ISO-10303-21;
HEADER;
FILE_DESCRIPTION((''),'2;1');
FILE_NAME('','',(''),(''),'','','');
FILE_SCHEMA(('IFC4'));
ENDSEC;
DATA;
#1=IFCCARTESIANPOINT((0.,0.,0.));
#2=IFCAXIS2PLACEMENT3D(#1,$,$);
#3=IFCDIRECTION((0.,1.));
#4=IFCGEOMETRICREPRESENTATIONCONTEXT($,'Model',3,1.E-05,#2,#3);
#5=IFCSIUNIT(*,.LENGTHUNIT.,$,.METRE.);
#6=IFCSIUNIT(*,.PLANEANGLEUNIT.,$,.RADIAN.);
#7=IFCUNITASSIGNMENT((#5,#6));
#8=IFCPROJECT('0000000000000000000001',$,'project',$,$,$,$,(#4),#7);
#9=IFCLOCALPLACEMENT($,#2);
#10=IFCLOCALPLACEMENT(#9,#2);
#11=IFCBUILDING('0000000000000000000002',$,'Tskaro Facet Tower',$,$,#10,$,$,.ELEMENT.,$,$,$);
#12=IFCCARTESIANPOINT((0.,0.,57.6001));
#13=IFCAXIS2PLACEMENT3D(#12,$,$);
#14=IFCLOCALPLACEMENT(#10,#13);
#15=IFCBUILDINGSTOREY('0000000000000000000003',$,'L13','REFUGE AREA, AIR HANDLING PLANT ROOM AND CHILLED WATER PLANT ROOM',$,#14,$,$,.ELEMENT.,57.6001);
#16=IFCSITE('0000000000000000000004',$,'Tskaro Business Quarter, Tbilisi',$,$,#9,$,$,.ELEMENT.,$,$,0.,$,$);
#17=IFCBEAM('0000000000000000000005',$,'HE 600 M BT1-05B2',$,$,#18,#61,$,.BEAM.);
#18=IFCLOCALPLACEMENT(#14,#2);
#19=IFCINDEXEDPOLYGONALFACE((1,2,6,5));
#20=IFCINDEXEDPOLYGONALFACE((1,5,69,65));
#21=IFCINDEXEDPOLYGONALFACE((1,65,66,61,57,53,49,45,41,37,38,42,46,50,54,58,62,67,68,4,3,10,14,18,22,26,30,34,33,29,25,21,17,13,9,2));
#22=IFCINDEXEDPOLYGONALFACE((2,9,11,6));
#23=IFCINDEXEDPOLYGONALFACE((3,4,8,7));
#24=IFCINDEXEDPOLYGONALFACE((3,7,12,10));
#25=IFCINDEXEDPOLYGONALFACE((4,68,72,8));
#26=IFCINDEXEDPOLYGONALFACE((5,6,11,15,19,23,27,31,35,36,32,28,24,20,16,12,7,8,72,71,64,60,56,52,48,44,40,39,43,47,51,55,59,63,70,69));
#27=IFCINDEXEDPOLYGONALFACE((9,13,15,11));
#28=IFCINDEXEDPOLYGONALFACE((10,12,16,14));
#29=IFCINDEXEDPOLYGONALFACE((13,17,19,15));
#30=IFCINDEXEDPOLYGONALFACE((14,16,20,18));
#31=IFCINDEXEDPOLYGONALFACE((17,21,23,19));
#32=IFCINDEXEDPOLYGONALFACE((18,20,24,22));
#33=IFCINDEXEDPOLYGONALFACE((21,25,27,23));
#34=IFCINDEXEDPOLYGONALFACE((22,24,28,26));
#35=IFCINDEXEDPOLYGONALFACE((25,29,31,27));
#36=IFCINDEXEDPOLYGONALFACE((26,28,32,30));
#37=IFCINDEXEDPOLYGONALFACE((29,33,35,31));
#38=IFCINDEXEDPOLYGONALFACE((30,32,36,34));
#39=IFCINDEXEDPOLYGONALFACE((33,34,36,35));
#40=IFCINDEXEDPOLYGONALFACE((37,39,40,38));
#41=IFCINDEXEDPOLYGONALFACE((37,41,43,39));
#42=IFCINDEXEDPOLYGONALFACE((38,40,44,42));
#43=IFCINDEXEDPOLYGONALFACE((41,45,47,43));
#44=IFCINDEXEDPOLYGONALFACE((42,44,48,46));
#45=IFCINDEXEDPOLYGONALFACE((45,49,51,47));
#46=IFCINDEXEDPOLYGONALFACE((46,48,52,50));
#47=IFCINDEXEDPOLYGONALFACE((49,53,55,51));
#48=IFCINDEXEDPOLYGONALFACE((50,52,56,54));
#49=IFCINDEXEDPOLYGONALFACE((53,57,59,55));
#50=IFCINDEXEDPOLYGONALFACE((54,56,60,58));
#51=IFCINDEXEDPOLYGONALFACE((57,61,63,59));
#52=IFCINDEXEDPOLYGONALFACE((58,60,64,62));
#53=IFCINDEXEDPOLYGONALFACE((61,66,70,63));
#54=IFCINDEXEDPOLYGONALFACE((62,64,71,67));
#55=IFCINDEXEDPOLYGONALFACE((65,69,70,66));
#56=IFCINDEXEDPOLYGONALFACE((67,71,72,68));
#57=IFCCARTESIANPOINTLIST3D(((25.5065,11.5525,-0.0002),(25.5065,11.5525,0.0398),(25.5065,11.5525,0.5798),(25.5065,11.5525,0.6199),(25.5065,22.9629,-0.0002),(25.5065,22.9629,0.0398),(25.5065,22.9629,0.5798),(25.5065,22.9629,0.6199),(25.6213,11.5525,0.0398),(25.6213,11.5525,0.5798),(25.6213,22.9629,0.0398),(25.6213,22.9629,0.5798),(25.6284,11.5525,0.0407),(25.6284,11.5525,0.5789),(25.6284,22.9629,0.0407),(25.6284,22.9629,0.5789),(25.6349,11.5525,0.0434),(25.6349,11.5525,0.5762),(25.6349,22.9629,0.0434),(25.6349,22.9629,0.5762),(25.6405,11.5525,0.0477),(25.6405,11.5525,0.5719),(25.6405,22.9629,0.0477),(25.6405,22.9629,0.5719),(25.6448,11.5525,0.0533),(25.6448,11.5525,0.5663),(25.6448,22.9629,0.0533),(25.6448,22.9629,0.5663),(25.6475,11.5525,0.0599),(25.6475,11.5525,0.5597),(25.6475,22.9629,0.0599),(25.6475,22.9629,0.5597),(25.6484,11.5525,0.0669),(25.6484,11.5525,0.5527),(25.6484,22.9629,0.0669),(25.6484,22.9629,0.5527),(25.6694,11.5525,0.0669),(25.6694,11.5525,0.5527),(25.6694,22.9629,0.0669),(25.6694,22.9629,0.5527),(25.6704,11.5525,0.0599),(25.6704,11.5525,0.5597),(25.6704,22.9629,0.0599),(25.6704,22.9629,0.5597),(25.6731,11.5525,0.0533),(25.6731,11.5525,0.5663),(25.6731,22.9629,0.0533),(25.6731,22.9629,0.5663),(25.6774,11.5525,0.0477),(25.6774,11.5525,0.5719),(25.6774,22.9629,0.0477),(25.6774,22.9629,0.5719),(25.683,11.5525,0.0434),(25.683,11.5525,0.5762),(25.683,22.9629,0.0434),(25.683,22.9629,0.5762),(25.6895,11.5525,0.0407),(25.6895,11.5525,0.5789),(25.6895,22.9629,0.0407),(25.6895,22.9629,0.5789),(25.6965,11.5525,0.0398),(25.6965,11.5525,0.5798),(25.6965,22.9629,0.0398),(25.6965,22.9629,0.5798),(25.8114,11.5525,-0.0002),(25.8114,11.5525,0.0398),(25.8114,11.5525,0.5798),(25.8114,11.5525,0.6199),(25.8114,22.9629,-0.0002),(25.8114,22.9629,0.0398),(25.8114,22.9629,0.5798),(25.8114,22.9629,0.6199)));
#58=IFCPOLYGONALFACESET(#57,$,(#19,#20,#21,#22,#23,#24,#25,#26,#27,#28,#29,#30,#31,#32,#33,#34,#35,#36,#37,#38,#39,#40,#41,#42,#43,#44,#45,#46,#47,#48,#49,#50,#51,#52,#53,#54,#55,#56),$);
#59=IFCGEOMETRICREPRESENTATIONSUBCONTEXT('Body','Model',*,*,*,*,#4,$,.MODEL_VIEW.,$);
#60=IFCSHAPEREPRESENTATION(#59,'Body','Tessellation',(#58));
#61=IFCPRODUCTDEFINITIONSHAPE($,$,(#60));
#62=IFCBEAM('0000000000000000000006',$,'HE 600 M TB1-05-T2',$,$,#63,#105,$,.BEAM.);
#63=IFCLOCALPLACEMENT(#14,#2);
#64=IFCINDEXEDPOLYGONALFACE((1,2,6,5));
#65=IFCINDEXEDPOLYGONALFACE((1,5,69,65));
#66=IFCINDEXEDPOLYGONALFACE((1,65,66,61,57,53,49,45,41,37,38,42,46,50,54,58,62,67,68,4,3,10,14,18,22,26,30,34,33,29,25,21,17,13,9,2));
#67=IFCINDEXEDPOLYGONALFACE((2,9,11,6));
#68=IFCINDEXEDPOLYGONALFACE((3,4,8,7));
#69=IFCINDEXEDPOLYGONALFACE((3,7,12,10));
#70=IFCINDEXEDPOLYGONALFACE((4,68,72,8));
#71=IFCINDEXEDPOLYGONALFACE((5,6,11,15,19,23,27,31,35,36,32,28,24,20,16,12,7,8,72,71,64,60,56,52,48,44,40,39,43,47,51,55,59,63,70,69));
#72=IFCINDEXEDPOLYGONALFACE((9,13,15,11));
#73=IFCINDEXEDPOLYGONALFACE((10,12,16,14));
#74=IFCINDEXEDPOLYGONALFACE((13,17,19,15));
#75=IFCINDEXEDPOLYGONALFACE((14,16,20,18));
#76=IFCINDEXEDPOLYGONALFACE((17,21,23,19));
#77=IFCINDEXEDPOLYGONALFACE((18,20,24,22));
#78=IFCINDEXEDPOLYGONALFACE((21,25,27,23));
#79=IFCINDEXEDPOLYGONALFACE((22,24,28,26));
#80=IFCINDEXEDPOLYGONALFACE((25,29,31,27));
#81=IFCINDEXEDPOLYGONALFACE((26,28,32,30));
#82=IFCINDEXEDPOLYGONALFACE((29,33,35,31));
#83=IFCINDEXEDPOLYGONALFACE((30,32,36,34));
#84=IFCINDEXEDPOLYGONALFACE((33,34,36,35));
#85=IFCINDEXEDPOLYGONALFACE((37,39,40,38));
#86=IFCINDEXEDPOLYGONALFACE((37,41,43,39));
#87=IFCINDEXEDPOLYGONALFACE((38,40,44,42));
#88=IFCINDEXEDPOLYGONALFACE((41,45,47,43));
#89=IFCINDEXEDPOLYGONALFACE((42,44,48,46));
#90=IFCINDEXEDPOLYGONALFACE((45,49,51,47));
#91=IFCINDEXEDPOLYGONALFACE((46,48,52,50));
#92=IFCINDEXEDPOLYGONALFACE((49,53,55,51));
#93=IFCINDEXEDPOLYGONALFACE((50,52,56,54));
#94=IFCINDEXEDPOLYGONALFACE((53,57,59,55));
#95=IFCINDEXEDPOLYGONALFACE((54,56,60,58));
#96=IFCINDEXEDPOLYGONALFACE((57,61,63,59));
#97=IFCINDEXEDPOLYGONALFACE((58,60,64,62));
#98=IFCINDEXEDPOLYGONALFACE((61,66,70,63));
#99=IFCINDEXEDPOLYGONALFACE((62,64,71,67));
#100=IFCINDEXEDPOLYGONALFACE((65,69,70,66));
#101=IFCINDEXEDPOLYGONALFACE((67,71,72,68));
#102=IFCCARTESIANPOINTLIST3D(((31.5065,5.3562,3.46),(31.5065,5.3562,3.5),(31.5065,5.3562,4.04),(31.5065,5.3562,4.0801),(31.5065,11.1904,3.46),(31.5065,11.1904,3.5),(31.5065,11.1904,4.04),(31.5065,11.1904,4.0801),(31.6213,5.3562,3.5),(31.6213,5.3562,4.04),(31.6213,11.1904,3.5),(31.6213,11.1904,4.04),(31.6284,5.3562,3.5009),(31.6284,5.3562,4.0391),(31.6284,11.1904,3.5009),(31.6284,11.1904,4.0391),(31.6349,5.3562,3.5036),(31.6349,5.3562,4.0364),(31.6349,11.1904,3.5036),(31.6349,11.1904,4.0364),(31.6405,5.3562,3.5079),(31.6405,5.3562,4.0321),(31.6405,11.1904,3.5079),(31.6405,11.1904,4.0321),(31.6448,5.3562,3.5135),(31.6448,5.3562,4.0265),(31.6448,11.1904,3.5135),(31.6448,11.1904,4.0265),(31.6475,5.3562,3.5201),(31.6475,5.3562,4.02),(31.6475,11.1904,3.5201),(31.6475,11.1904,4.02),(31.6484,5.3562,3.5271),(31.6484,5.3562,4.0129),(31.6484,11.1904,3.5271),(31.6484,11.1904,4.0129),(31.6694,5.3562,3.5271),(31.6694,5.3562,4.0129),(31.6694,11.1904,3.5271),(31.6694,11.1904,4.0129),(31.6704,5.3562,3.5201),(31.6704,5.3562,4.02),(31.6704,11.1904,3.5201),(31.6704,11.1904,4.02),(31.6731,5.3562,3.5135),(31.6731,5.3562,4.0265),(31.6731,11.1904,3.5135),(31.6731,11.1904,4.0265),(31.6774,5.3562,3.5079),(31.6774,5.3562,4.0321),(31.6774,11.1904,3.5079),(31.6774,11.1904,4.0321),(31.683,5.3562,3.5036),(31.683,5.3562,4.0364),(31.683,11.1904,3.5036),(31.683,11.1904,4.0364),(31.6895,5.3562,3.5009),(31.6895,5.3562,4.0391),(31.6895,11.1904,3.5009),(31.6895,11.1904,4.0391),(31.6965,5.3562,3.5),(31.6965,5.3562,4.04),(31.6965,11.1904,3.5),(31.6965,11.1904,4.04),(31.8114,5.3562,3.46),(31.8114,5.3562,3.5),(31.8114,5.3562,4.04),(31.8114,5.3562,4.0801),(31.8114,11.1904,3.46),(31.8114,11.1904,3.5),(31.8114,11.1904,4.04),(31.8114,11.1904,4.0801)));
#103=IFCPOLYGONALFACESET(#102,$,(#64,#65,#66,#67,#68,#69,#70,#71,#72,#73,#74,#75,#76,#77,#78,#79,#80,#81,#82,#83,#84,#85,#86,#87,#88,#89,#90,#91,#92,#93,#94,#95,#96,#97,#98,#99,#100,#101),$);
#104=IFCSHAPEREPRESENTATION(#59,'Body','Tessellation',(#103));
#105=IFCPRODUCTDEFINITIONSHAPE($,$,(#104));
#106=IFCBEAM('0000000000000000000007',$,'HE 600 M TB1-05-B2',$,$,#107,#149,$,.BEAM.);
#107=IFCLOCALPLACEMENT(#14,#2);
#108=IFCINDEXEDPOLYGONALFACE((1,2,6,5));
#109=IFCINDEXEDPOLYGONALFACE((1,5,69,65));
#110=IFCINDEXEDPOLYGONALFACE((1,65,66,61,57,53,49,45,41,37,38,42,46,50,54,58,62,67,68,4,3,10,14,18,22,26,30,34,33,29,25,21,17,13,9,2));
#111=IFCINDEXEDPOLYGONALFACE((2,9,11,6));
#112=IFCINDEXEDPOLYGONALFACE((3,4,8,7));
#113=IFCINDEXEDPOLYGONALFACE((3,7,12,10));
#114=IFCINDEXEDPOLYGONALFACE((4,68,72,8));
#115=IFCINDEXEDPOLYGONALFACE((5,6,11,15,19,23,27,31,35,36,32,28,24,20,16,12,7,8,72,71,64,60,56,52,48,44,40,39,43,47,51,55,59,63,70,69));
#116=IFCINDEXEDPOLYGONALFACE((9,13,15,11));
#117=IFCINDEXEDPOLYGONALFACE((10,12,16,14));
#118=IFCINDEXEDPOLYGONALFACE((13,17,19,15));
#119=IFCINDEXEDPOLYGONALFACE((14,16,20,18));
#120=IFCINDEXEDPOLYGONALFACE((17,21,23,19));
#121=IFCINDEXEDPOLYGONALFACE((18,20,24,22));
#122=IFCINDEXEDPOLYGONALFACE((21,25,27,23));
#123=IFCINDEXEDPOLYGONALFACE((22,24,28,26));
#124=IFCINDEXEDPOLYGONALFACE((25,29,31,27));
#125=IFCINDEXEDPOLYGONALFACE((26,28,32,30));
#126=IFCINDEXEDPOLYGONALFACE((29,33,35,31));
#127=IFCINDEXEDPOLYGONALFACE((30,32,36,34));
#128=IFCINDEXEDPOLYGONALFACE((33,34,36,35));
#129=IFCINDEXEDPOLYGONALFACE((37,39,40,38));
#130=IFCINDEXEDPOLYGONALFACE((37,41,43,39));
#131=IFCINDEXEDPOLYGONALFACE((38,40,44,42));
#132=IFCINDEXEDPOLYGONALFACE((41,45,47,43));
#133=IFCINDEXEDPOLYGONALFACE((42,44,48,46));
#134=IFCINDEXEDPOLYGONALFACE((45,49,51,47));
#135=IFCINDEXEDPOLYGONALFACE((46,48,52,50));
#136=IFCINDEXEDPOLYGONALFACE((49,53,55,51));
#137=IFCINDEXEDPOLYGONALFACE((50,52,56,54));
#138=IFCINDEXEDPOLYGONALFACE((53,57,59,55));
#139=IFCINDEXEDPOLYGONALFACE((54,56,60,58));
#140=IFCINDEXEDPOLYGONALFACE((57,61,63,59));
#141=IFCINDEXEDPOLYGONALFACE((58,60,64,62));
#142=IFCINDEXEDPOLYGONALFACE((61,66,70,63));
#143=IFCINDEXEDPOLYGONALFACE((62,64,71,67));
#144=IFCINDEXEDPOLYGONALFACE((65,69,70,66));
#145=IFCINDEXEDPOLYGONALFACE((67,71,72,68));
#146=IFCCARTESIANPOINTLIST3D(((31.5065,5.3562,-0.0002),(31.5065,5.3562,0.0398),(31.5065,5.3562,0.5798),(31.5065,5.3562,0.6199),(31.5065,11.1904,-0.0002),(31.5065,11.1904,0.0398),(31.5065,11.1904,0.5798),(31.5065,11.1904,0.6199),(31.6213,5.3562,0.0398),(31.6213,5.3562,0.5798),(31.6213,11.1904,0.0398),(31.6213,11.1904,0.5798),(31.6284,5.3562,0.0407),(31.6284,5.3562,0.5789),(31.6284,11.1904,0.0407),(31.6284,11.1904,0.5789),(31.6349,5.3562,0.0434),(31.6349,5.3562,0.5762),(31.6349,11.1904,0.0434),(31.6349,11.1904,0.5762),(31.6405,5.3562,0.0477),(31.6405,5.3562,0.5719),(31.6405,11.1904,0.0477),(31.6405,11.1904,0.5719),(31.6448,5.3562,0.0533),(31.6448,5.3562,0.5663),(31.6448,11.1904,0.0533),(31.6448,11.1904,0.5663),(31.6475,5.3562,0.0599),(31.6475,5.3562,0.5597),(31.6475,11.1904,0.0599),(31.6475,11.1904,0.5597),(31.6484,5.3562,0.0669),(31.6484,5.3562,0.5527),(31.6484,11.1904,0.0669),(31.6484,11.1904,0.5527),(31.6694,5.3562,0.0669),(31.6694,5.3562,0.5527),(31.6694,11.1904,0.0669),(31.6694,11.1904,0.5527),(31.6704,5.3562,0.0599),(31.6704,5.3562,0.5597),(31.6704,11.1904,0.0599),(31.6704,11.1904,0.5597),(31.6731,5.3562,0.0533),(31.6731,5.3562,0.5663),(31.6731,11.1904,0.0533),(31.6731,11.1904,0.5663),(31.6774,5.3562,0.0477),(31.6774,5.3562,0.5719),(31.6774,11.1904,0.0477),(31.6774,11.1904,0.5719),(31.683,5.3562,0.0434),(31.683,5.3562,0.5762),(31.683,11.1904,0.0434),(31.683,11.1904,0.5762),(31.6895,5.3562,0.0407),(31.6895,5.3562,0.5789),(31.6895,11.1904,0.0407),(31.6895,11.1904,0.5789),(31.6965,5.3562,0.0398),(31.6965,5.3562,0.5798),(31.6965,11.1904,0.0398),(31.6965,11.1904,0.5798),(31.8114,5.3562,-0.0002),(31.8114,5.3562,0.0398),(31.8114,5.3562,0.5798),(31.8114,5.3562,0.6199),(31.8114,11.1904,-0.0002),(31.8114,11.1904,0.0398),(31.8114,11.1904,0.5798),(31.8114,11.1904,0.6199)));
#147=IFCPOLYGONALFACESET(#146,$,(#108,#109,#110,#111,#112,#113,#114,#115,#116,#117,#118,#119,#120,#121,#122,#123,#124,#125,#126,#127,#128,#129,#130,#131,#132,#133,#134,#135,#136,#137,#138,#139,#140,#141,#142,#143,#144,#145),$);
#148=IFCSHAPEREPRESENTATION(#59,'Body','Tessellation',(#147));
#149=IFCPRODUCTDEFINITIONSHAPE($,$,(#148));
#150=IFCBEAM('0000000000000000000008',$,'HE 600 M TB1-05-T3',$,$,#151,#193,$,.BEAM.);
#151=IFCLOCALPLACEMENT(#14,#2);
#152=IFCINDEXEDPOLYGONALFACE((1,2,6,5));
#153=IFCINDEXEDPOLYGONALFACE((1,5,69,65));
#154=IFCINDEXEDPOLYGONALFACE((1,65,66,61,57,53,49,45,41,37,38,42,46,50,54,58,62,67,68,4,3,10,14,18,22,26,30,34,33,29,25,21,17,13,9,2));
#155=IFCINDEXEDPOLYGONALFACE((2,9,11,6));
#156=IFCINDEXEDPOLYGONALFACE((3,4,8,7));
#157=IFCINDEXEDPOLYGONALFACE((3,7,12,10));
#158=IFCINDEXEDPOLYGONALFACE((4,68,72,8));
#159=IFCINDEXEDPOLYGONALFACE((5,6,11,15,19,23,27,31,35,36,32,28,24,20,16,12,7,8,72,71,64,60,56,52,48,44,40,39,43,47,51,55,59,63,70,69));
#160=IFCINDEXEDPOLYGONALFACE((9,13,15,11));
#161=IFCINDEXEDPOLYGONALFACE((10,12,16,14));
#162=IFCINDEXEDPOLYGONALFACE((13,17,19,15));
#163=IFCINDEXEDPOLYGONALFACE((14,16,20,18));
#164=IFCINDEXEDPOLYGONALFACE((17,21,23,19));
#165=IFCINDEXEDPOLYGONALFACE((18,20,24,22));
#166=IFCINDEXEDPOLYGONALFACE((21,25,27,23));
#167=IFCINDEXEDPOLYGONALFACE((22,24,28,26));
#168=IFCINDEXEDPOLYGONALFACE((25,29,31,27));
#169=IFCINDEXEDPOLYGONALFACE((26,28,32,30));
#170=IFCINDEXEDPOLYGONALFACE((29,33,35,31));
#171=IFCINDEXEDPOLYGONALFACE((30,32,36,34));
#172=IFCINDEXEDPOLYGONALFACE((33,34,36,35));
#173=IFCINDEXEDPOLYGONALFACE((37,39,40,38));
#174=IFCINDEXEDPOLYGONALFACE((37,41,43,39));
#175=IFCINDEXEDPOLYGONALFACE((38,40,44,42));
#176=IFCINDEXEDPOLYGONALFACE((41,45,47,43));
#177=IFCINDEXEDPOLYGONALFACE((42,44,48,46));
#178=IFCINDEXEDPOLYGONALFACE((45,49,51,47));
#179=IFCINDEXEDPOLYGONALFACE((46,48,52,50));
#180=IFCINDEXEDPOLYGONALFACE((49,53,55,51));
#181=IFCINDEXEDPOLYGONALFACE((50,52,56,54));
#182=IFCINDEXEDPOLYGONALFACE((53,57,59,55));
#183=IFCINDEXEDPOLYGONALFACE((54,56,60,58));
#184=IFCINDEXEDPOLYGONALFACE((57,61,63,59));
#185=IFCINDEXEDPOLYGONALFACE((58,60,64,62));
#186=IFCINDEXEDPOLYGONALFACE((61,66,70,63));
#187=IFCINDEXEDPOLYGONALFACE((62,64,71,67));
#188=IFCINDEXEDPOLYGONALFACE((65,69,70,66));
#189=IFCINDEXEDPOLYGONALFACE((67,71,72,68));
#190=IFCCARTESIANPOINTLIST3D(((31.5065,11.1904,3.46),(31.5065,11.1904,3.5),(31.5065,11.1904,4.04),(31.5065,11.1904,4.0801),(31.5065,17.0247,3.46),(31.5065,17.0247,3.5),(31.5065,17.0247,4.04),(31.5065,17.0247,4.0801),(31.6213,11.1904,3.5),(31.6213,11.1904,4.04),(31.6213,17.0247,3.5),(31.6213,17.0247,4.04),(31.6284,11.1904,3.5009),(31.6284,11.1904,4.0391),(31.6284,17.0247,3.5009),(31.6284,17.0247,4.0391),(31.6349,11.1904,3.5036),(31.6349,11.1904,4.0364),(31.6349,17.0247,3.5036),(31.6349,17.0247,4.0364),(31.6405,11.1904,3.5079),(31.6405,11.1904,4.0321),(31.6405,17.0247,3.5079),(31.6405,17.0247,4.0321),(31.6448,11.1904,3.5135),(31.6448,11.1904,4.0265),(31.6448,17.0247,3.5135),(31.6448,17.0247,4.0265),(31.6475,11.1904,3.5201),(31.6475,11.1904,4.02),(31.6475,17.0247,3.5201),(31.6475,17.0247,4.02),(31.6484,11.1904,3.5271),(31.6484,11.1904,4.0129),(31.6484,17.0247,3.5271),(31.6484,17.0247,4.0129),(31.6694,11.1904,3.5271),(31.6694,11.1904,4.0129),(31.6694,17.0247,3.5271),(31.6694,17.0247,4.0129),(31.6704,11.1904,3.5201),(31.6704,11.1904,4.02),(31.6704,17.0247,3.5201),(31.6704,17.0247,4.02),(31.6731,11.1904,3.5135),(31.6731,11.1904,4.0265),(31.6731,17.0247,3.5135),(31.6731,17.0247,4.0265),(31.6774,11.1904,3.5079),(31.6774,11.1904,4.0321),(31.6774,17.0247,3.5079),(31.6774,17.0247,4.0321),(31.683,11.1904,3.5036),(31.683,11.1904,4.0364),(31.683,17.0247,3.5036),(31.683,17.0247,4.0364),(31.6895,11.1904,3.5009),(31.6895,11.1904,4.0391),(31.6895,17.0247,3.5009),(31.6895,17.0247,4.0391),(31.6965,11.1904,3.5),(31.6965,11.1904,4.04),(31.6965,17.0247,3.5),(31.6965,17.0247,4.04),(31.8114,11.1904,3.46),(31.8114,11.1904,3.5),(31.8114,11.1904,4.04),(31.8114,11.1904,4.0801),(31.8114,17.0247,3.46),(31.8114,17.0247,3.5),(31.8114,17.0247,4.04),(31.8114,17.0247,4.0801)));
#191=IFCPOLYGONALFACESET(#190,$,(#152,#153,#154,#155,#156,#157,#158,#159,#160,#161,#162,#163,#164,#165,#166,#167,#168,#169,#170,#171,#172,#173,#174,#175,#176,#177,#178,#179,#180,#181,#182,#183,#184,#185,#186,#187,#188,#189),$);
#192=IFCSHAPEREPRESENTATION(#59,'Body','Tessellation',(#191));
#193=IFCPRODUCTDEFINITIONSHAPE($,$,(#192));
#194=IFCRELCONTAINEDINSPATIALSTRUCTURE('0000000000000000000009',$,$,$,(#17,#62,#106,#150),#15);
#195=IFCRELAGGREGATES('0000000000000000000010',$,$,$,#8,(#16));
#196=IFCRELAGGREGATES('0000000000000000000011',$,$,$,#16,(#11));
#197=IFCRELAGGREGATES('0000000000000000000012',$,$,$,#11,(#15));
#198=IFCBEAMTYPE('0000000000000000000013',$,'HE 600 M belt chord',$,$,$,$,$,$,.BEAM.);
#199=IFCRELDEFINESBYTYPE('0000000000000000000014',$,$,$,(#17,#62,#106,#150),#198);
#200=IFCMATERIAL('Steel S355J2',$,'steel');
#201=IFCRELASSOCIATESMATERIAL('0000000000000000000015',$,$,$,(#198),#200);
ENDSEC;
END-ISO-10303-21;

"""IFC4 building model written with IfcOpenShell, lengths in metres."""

from ifc_helpers import new_model, si_unit, direction, frame, origin, origin_2d, place, context, subcontext, project, spatial, i_section, extrude, material, material_profile, profile_set, type_object, element, save


model = new_model("IFC4")

# Units and contexts
model_context = context("Model", 3, precision=1e-05, world=origin(), true_north=direction((0.0, 1.0)))
body_context = subcontext(model_context, "Body", "Model", "MODEL_VIEW")
ifc_project = project(units=[si_unit("LENGTHUNIT", "METRE"), si_unit("PLANEANGLEUNIT", "RADIAN")], contexts=[model_context])

# Site, building, storey
site_placement = place(None, origin())
site = spatial("IfcSite", under=ifc_project, at=site_placement, Name="Tskaro Business Quarter, Tbilisi", CompositionType="ELEMENT", RefElevation=0.0)
building_placement = place(site_placement, origin())
building = spatial("IfcBuilding", under=site, at=building_placement, Name="Tskaro Facet Tower", CompositionType="ELEMENT")
storey_placement = place(building_placement, frame((0.0, 0.0, 57.6001)))
storey = spatial("IfcBuildingStorey", under=building, at=storey_placement, Name="L13", Description="REFUGE AREA, AIR HANDLING PLANT ROOM AND CHILLED WATER PLANT ROOM", CompositionType="ELEMENT", Elevation=57.6001)

# Shared definitions
ifc_material_1 = material(Name="Steel S355J2", Category="steel")

# Beams
ifc_material_profile_1 = material_profile(ifc_material_1, i_section(OverallWidth=0.3049, OverallDepth=0.6201, WebThickness=0.021, FlangeThickness=0.04, FilletRadius=0.0271, at=origin_2d()), Name="HE 600 M")
ifc_profile_set_1 = profile_set([ifc_material_profile_1], Name="Steel S355J2")
beam_type_1 = type_object("IfcBeamType", Name="HE 600 M belt chord", PredefinedType="BEAM", material=ifc_profile_set_1)
for number, where, z_axis, x_axis, name in (
    (1, (25.6589, 11.5525, 0.3098), (0.0, 1.0, 0.0), (-1.0, 0.0, 0.0), "HE 600 M BT1-05B2"),
):
    element("IfcBeam", number, at=place(storey_placement, frame(where, z_axis=z_axis, x_axis=x_axis)), inside=storey, type_object=beam_type_1, Name=name, PredefinedType="BEAM", context=body_context, shape_type="SweptSolid", body=[
        extrude(i_section(OverallWidth=0.3049, OverallDepth=0.6201, WebThickness=0.021, FlangeThickness=0.04, FilletRadius=0.0271, at=origin_2d()), origin(), (0.0, 0.0, 1.0), 11.4104),
    ])
for number, where, z_axis, x_axis, name in (
    (2, (31.6589, 5.3562, 3.77), (0.0, 1.0, 0.0), (-1.0, 0.0, 0.0), "HE 600 M TB1-05-T2"),
    (3, (31.6589, 5.3562, 0.3098), (0.0, 1.0, 0.0), (-1.0, 0.0, 0.0), "HE 600 M TB1-05-B2"),
    (4, (31.6589, 11.1904, 3.77), (0.0, 1.0, 0.0), (-1.0, 0.0, 0.0), "HE 600 M TB1-05-T3"),
):
    element("IfcBeam", number, at=place(storey_placement, frame(where, z_axis=z_axis, x_axis=x_axis)), inside=storey, type_object=beam_type_1, Name=name, PredefinedType="BEAM", context=body_context, shape_type="SweptSolid", body=[
        extrude(i_section(OverallWidth=0.3049, OverallDepth=0.6201, WebThickness=0.021, FlangeThickness=0.04, FilletRadius=0.0271, at=origin_2d()), origin(), (0.0, 0.0, 1.0), 5.8342),
    ])

save(model, "model.ifc")
